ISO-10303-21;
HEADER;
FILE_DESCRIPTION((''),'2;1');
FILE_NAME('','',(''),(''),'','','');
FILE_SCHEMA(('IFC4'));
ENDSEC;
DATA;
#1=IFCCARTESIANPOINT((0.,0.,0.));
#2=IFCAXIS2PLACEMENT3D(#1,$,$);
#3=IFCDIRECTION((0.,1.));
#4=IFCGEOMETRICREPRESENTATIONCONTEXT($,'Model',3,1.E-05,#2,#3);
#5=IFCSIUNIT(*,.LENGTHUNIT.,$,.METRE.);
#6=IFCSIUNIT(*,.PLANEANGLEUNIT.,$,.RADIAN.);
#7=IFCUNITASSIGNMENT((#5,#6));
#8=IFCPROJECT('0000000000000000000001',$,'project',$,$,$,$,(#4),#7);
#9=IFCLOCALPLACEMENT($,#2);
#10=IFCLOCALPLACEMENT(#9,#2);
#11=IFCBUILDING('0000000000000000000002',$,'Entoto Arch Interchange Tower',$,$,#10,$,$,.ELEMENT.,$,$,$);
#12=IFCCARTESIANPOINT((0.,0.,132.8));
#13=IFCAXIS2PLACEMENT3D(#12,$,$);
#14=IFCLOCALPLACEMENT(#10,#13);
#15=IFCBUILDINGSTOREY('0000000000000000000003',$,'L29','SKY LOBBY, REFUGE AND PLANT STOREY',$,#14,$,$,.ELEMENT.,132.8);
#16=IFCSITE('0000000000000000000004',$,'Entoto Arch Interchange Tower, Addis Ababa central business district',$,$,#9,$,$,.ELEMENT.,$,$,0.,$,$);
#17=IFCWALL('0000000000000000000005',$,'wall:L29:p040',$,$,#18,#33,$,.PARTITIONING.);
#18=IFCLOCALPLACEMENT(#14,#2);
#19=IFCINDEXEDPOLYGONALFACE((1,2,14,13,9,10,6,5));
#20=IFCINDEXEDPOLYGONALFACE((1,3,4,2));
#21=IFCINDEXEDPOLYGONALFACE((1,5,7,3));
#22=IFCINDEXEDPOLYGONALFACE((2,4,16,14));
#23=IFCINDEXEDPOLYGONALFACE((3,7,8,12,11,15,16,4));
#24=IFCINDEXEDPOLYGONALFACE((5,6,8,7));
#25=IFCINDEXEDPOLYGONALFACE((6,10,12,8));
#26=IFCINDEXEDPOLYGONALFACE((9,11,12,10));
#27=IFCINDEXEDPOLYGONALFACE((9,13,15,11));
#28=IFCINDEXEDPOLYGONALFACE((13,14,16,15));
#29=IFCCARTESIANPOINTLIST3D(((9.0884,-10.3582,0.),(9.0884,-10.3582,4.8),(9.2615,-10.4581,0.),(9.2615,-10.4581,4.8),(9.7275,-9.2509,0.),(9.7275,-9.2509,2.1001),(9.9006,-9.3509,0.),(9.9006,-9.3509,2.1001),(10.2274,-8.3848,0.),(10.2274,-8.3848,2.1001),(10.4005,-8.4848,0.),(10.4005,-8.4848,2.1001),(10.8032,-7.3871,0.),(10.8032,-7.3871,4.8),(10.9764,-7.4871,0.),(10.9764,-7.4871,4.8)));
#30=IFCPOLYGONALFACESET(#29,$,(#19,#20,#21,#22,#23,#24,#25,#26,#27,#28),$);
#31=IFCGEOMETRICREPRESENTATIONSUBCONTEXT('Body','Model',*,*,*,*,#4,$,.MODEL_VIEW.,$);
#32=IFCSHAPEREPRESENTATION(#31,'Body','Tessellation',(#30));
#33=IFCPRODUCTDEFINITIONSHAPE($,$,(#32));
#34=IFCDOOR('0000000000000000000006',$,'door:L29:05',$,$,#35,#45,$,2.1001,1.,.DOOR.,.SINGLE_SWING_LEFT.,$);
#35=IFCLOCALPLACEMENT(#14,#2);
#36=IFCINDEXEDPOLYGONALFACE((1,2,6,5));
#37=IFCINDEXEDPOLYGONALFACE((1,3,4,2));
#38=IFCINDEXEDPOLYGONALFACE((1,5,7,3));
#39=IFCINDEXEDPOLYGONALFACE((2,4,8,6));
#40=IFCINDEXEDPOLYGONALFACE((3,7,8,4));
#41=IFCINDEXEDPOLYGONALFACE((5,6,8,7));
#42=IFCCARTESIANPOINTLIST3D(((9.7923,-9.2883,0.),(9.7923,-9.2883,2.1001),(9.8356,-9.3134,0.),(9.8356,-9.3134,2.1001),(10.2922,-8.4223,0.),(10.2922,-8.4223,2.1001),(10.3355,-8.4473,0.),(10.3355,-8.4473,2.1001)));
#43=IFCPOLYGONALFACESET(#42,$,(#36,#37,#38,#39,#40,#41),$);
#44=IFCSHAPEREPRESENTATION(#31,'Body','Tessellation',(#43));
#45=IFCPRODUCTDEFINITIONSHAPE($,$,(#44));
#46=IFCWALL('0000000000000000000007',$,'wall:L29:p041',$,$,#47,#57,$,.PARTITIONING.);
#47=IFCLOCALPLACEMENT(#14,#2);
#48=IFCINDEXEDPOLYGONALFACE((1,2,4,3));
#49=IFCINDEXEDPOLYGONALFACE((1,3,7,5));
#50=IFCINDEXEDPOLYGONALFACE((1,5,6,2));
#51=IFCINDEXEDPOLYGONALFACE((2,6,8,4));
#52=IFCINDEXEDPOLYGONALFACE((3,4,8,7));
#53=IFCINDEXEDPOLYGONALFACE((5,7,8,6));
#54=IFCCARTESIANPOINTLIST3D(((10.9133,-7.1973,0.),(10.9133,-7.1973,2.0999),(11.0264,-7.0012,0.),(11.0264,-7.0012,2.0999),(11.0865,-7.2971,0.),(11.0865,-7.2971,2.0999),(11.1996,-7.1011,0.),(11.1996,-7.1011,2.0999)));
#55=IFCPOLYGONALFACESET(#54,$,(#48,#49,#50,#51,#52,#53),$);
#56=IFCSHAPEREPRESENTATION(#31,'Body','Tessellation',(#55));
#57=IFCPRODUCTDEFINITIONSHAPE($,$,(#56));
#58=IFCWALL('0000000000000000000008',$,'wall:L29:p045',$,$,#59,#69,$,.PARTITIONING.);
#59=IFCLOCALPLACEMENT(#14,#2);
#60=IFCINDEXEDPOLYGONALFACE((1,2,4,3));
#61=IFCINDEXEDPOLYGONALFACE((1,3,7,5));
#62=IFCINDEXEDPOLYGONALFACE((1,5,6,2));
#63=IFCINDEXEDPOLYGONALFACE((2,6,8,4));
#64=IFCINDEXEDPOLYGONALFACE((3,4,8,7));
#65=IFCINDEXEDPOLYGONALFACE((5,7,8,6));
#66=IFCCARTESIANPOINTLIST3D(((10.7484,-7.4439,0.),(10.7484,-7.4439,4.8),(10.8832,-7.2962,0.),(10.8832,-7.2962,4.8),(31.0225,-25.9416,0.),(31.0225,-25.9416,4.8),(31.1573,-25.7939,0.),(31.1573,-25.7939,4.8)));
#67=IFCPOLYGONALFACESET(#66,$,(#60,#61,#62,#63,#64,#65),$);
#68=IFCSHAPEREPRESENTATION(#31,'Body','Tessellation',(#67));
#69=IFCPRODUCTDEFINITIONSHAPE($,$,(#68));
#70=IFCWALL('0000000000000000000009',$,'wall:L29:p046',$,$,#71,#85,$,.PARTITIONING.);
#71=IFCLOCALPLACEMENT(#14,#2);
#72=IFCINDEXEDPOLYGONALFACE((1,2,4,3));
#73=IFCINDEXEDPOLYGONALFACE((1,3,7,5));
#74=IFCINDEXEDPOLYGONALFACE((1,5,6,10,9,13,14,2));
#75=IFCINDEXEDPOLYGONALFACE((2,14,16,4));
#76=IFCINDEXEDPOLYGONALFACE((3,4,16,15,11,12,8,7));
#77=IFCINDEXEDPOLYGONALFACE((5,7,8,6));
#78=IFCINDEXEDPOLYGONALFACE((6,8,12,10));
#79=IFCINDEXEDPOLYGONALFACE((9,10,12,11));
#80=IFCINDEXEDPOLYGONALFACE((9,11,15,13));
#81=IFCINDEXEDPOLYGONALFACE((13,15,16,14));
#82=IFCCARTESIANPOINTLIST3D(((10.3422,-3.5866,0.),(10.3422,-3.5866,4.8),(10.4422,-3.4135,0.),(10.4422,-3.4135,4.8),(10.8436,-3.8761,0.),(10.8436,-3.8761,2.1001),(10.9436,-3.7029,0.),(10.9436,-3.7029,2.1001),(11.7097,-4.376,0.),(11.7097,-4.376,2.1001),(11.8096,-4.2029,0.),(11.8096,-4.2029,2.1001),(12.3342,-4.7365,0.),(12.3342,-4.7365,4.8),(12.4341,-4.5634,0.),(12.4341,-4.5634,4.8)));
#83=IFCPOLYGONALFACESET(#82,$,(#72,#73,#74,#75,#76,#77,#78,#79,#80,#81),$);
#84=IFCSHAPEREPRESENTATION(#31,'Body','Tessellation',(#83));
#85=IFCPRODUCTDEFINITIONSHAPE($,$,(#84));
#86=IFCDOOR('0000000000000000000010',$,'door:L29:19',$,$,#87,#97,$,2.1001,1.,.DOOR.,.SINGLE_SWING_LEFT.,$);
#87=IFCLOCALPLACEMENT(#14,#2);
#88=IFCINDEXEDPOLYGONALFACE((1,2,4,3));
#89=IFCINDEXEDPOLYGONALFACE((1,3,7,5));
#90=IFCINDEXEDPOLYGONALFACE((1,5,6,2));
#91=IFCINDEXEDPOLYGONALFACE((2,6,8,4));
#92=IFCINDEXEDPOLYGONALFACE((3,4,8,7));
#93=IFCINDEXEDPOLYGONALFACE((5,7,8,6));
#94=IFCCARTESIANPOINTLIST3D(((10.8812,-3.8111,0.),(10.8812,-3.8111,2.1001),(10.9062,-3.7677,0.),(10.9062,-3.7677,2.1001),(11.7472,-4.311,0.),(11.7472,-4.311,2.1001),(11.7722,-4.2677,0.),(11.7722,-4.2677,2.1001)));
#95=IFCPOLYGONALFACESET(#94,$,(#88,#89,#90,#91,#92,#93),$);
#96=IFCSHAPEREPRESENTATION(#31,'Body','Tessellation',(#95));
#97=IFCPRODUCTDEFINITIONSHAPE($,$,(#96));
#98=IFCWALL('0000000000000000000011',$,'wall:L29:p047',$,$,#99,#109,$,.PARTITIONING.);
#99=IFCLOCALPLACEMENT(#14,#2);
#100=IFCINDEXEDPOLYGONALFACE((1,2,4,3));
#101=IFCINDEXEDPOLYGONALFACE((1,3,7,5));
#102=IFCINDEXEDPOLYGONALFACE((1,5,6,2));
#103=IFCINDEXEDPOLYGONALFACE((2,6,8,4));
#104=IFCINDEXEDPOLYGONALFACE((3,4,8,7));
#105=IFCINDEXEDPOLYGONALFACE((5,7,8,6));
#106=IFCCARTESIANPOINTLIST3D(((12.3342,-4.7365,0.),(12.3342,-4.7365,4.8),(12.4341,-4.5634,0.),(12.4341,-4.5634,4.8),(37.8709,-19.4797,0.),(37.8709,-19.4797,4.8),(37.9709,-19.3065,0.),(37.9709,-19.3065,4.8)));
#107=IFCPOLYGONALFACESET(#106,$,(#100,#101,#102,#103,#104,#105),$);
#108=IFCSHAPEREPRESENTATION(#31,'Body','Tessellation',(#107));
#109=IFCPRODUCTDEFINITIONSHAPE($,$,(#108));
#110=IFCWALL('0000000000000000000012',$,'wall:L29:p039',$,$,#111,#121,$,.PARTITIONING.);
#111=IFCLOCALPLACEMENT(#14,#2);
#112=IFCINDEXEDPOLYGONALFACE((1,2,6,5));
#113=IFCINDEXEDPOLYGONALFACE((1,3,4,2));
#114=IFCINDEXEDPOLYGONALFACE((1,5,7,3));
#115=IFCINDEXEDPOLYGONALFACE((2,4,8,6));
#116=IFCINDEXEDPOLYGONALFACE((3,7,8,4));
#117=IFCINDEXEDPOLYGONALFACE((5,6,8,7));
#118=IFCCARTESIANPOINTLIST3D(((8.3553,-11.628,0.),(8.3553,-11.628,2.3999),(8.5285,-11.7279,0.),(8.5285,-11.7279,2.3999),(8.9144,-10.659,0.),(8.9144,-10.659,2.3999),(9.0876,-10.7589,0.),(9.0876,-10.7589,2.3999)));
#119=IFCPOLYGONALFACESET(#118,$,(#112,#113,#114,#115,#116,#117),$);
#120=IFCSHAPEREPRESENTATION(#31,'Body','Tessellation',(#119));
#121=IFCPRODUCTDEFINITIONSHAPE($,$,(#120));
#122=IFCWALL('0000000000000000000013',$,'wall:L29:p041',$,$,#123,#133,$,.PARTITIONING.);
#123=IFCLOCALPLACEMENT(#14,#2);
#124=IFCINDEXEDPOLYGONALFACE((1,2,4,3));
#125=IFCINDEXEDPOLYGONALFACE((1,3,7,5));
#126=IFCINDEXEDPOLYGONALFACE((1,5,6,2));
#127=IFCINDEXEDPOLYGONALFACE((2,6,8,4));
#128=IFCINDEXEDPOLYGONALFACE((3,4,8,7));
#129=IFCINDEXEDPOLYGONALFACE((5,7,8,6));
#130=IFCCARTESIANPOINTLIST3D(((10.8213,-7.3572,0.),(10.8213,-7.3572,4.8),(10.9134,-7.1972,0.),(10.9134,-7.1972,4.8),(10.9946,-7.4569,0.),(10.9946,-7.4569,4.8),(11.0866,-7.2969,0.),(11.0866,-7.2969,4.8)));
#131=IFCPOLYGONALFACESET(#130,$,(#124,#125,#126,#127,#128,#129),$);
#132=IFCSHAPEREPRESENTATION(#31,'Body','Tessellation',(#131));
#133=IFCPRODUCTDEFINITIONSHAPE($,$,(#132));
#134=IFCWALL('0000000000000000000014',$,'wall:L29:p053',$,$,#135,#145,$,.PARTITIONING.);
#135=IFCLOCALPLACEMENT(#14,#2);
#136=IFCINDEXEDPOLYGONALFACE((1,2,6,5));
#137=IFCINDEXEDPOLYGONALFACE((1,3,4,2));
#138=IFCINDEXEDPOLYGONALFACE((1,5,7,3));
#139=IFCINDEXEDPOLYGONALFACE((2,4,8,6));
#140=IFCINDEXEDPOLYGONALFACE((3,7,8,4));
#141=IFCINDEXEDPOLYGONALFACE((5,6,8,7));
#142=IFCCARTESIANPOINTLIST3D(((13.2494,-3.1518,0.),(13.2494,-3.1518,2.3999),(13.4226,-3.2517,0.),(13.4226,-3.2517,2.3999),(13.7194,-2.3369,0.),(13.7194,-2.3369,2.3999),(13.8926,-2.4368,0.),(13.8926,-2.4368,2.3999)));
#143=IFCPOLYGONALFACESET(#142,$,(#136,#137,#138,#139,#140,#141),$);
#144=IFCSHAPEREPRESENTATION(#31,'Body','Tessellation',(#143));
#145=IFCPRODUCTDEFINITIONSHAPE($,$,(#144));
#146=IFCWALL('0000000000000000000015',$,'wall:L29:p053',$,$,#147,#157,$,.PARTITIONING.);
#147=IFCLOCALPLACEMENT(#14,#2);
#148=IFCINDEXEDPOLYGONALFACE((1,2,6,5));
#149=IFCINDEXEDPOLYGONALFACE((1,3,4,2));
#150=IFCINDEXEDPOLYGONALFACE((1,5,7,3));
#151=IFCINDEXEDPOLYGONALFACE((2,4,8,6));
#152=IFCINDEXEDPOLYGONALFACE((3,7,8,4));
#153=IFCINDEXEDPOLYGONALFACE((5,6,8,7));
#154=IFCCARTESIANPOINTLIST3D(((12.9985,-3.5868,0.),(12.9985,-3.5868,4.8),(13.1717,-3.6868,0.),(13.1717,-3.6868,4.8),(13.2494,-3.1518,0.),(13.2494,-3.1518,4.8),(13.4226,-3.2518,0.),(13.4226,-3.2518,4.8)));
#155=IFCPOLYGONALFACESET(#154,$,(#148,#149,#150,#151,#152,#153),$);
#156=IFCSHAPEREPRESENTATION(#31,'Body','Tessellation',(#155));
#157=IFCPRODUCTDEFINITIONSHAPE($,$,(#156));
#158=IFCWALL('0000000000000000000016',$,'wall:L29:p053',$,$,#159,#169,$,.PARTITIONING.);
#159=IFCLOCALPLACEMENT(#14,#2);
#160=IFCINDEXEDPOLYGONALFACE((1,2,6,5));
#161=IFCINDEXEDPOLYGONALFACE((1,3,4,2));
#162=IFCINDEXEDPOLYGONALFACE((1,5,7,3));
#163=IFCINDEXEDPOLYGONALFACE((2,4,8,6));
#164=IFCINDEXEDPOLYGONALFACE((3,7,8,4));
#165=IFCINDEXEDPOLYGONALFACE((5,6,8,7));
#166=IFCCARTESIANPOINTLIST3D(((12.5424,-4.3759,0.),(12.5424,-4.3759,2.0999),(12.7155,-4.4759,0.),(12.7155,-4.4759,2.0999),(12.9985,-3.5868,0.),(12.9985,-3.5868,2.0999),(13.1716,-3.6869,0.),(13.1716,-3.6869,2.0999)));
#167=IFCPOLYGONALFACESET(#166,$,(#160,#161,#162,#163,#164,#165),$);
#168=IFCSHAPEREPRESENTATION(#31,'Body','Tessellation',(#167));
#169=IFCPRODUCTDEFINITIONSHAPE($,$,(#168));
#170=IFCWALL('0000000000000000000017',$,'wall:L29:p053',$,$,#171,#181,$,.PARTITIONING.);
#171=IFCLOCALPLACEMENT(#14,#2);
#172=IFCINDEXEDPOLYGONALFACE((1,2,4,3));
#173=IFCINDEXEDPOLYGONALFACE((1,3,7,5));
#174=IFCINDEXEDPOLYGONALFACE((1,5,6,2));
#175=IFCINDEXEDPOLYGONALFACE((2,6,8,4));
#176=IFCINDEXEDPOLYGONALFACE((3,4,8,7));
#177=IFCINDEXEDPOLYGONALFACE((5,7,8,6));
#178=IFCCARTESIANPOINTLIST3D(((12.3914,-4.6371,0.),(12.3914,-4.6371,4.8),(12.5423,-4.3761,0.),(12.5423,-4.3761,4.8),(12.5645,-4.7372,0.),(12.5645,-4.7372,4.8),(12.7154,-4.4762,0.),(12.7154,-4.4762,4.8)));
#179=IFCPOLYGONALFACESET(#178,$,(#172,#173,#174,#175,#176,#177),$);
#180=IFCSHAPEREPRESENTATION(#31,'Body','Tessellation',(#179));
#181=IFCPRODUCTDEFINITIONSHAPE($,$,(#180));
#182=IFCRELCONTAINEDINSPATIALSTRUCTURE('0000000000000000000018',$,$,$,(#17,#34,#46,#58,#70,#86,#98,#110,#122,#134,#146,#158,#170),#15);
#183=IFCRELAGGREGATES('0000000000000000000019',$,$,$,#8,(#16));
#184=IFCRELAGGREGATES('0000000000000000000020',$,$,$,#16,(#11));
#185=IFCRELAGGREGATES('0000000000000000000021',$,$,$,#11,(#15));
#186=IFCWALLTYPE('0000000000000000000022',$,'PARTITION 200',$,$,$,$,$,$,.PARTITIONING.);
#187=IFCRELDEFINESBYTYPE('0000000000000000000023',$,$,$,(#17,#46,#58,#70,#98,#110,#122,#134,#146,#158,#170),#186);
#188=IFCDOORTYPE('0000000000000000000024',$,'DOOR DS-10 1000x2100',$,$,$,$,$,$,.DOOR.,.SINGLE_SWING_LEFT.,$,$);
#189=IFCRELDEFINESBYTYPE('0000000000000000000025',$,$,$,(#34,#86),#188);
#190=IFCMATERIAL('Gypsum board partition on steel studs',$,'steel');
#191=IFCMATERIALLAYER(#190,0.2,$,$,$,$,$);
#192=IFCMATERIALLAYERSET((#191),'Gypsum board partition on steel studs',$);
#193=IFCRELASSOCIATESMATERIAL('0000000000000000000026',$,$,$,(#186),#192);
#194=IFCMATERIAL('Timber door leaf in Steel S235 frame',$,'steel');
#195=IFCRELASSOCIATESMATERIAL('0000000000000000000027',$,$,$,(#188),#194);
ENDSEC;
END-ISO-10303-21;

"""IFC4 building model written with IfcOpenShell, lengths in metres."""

from ifc_helpers import new_model, si_unit, direction, frame, frame_2d, origin, place, context, subcontext, project, spatial, rectangle, extrude, material, layer, layer_set, type_object, element, fill, save


model = new_model("IFC4")

# Units and contexts
model_context = context("Model", 3, precision=1e-05, world=origin(), true_north=direction((0.0, 1.0)))
body_context = subcontext(model_context, "Body", "Model", "MODEL_VIEW")
ifc_project = project(units=[si_unit("LENGTHUNIT", "METRE"), si_unit("PLANEANGLEUNIT", "RADIAN")], contexts=[model_context])

# Site, building, storey
site_placement = place(None, origin())
site = spatial("IfcSite", under=ifc_project, at=site_placement, Name="Entoto Arch Interchange Tower, Addis Ababa central business district", CompositionType="ELEMENT", RefElevation=0.0)
building_placement = place(site_placement, origin())
building = spatial("IfcBuilding", under=site, at=building_placement, Name="Entoto Arch Interchange Tower", CompositionType="ELEMENT")
storey_placement = place(building_placement, frame((0.0, 0.0, 132.8)))
storey = spatial("IfcBuildingStorey", under=building, at=storey_placement, Name="L29", Description="SKY LOBBY, REFUGE AND PLANT STOREY", CompositionType="ELEMENT", Elevation=132.8)

# Shared definitions
ifc_material_1 = material(Name="Gypsum board partition on steel studs", Category="steel")
ifc_layer_1 = layer(ifc_material_1, 0.2)
ifc_layer_set_1 = layer_set([ifc_layer_1], Name="Gypsum board partition on steel studs")
wall_type_1 = type_object("IfcWallType", Name="PARTITION 200", PredefinedType="PARTITIONING", material=ifc_layer_set_1)

# Wall, opening, door
wall_1_placement = place(storey_placement, frame((10.8899, -7.437, 0.0), z_axis=(0.0, 0.0, 1.0), x_axis=(-0.499905, -0.86608, 0.0)))
wall_1 = element("IfcWall", 1, at=wall_1_placement, inside=storey, type_object=wall_type_1, Name="wall:L29:p040", PredefinedType="PARTITIONING", context=body_context, shape_type="SweptSolid", body=[
    extrude(rectangle(XDim=3.4304, YDim=0.2, at=frame_2d((1.7153, 0.0))), origin(), (0.0, 0.0, 1.0), 4.8),
])
opening_1_placement = place(wall_1_placement, frame((1.1521, 0.0, 0.0)))
opening_1 = element("IfcOpeningElement", 2, at=opening_1_placement, cuts=wall_1, PredefinedType="OPENING", context=body_context, shape_type="SweptSolid", body=[
    extrude(rectangle(XDim=1.0, YDim=2.1001, at=frame_2d((0.5, 1.05))), frame((0.0, 0.1099, 0.0), z_axis=(0.0, -1.0, 0.0), x_axis=(1.0, 0.0, 0.0)), (0.0, 0.0, 1.0), 0.22),
])
ifc_material_2 = material(Name="Timber door leaf in Steel S235 frame", Category="steel")
door_type_1 = type_object("IfcDoorType", Name="DOOR DS-10 1000x2100", OperationType="SINGLE_SWING_LEFT", PredefinedType="DOOR", material=ifc_material_2)
door_1_placement = place(opening_1_placement, origin())
door_1 = element("IfcDoor", 3, at=door_1_placement, inside=storey, type_object=door_type_1, Name="door:L29:05", OperationType="SINGLE_SWING_LEFT", OverallHeight=2.1001, OverallWidth=1.0, PredefinedType="DOOR", context=body_context, shape_type="SweptSolid", body=[
    extrude(rectangle(XDim=1.0, YDim=2.1001, at=frame_2d((0.5, 1.05))), frame((0.0, 0.0249, 0.0), z_axis=(0.0, -1.0, 0.0), x_axis=(1.0, 0.0, 0.0)), (0.0, 0.0, 1.0), 0.05),
])
fill(opening_1, door_1)

# Walls
wall_2_placement = place(storey_placement, frame((11.113, -7.051, 0.0), z_axis=(0.0, 0.0, 1.0), x_axis=(-0.499505, -0.866311, 0.0)))
element("IfcWall", 4, at=wall_2_placement, inside=storey, type_object=wall_type_1, Name="wall:L29:p041", PredefinedType="PARTITIONING", context=body_context, shape_type="SweptSolid", body=[
    extrude(rectangle(XDim=0.2263, YDim=0.2, at=frame_2d((0.1133, 0.0))), origin(), (0.0, 0.0, 1.0), 2.0999),
])
wall_3_placement = place(storey_placement, frame((10.8159, -7.3701, 0.0), z_axis=(0.0, 0.0, 1.0), x_axis=(0.738728, -0.674003, 0.0)))
element("IfcWall", 5, at=wall_3_placement, inside=storey, type_object=wall_type_1, Name="wall:L29:p045", PredefinedType="PARTITIONING", context=body_context, shape_type="SweptSolid", body=[
    extrude(rectangle(XDim=27.4446, YDim=0.2, at=frame_2d((13.7222, 0.0))), origin(), (0.0, 0.0, 1.0), 4.8),
])

# Wall, opening, door
wall_4_placement = place(storey_placement, frame((12.384, -4.6499, 0.0), z_axis=(0.0, 0.0, 1.0), x_axis=(-0.866053, 0.499952, 0.0)))
wall_4 = element("IfcWall", 6, at=wall_4_placement, inside=storey, type_object=wall_type_1, Name="wall:L29:p046", PredefinedType="PARTITIONING", context=body_context, shape_type="SweptSolid", body=[
    extrude(rectangle(XDim=2.3, YDim=0.2, at=frame_2d((1.1499, 0.0))), origin(), (0.0, 0.0, 1.0), 4.8),
])
opening_2_placement = place(wall_4_placement, frame((0.7209, 0.0, 0.0)))
opening_2 = element("IfcOpeningElement", 7, at=opening_2_placement, cuts=wall_4, PredefinedType="OPENING", context=body_context, shape_type="SweptSolid", body=[
    extrude(rectangle(XDim=1.0, YDim=2.1001, at=frame_2d((0.5, 1.05))), frame((0.0, 0.1099, 0.0), z_axis=(0.0, -1.0, 0.0), x_axis=(1.0, 0.0, 0.0)), (0.0, 0.0, 1.0), 0.22),
])
door_2_placement = place(opening_2_placement, origin())
door_2 = element("IfcDoor", 8, at=door_2_placement, inside=storey, type_object=door_type_1, Name="door:L29:19", OperationType="SINGLE_SWING_LEFT", OverallHeight=2.1001, OverallWidth=1.0, PredefinedType="DOOR", context=body_context, shape_type="SweptSolid", body=[
    extrude(rectangle(XDim=1.0, YDim=2.1001, at=frame_2d((0.5, 1.05))), frame((0.0, 0.0249, 0.0), z_axis=(0.0, -1.0, 0.0), x_axis=(1.0, 0.0, 0.0)), (0.0, 0.0, 1.0), 0.05),
])
fill(opening_2, door_2)

# Walls
wall_5_placement = place(storey_placement, frame((12.384, -4.6499, 0.0), z_axis=(0.0, 0.0, 1.0), x_axis=(0.866034, -0.499986, 0.0)))
element("IfcWall", 9, at=wall_5_placement, inside=storey, type_object=wall_type_1, Name="wall:L29:p047", PredefinedType="PARTITIONING", context=body_context, shape_type="SweptSolid", body=[
    extrude(rectangle(XDim=29.4871, YDim=0.2, at=frame_2d((14.7437, 0.0))), origin(), (0.0, 0.0, 1.0), 4.8),
])
wall_6_placement = place(storey_placement, frame((9.001, -10.709, 0.0), z_axis=(0.0, 0.0, 1.0), x_axis=(-0.499754, -0.866167, 0.0)))
element("IfcWall", 10, at=wall_6_placement, inside=storey, type_object=wall_type_1, Name="wall:L29:p039", PredefinedType="PARTITIONING", context=body_context, shape_type="SweptSolid", body=[
    extrude(rectangle(XDim=1.1187, YDim=0.2, at=frame_2d((0.5593, 0.0))), origin(), (0.0, 0.0, 1.0), 2.3999),
])
wall_7_placement = place(storey_placement, frame((11.0, -7.2471, 0.0), z_axis=(0.0, 0.0, 1.0), x_axis=(-0.498844, -0.866692, 0.0)))
element("IfcWall", 11, at=wall_7_placement, inside=storey, type_object=wall_type_1, Name="wall:L29:p041", PredefinedType="PARTITIONING", context=body_context, shape_type="SweptSolid", body=[
    extrude(rectangle(XDim=0.1846, YDim=0.2, at=frame_2d((0.0923, 0.0))), origin(), (0.0, 0.0, 1.0), 4.8),
])
wall_8_placement = place(storey_placement, frame((13.8059, -2.387, 0.0), z_axis=(0.0, 0.0, 1.0), x_axis=(-0.499573, -0.866272, 0.0)))
element("IfcWall", 12, at=wall_8_placement, inside=storey, type_object=wall_type_1, Name="wall:L29:p053", PredefinedType="PARTITIONING", context=body_context, shape_type="SweptSolid", body=[
    extrude(rectangle(XDim=0.9407, YDim=0.2, at=frame_2d((0.4702, 0.0))), origin(), (0.0, 0.0, 1.0), 2.3999),
])
wall_9_placement = place(storey_placement, frame((13.3359, -3.2019, 0.0), z_axis=(0.0, 0.0, 1.0), x_axis=(-0.499694, -0.866202, 0.0)))
element("IfcWall", 13, at=wall_9_placement, inside=storey, type_object=wall_type_1, Name="wall:L29:p053", PredefinedType="PARTITIONING", context=body_context, shape_type="SweptSolid", body=[
    extrude(rectangle(XDim=0.5022, YDim=0.2, at=frame_2d((0.251, 0.0))), origin(), (0.0, 0.0, 1.0), 4.8),
])
wall_10_placement = place(storey_placement, frame((13.085, -3.637, 0.0), z_axis=(0.0, 0.0, 1.0), x_axis=(-0.500403, -0.865793, 0.0)))
element("IfcWall", 14, at=wall_10_placement, inside=storey, type_object=wall_type_1, Name="wall:L29:p053", PredefinedType="PARTITIONING", context=body_context, shape_type="SweptSolid", body=[
    extrude(rectangle(XDim=0.9114, YDim=0.2, at=frame_2d((0.4556, 0.0))), origin(), (0.0, 0.0, 1.0), 2.0999),
])
wall_11_placement = place(storey_placement, frame((12.6289, -4.426, 0.0), z_axis=(0.0, 0.0, 1.0), x_axis=(-0.500493, -0.86574, 0.0)))
element("IfcWall", 15, at=wall_11_placement, inside=storey, type_object=wall_type_1, Name="wall:L29:p053", PredefinedType="PARTITIONING", context=body_context, shape_type="SweptSolid", body=[
    extrude(rectangle(XDim=0.3015, YDim=0.2, at=frame_2d((0.1509, 0.0))), origin(), (0.0, 0.0, 1.0), 4.8),
])

save(model, "model.ifc")
